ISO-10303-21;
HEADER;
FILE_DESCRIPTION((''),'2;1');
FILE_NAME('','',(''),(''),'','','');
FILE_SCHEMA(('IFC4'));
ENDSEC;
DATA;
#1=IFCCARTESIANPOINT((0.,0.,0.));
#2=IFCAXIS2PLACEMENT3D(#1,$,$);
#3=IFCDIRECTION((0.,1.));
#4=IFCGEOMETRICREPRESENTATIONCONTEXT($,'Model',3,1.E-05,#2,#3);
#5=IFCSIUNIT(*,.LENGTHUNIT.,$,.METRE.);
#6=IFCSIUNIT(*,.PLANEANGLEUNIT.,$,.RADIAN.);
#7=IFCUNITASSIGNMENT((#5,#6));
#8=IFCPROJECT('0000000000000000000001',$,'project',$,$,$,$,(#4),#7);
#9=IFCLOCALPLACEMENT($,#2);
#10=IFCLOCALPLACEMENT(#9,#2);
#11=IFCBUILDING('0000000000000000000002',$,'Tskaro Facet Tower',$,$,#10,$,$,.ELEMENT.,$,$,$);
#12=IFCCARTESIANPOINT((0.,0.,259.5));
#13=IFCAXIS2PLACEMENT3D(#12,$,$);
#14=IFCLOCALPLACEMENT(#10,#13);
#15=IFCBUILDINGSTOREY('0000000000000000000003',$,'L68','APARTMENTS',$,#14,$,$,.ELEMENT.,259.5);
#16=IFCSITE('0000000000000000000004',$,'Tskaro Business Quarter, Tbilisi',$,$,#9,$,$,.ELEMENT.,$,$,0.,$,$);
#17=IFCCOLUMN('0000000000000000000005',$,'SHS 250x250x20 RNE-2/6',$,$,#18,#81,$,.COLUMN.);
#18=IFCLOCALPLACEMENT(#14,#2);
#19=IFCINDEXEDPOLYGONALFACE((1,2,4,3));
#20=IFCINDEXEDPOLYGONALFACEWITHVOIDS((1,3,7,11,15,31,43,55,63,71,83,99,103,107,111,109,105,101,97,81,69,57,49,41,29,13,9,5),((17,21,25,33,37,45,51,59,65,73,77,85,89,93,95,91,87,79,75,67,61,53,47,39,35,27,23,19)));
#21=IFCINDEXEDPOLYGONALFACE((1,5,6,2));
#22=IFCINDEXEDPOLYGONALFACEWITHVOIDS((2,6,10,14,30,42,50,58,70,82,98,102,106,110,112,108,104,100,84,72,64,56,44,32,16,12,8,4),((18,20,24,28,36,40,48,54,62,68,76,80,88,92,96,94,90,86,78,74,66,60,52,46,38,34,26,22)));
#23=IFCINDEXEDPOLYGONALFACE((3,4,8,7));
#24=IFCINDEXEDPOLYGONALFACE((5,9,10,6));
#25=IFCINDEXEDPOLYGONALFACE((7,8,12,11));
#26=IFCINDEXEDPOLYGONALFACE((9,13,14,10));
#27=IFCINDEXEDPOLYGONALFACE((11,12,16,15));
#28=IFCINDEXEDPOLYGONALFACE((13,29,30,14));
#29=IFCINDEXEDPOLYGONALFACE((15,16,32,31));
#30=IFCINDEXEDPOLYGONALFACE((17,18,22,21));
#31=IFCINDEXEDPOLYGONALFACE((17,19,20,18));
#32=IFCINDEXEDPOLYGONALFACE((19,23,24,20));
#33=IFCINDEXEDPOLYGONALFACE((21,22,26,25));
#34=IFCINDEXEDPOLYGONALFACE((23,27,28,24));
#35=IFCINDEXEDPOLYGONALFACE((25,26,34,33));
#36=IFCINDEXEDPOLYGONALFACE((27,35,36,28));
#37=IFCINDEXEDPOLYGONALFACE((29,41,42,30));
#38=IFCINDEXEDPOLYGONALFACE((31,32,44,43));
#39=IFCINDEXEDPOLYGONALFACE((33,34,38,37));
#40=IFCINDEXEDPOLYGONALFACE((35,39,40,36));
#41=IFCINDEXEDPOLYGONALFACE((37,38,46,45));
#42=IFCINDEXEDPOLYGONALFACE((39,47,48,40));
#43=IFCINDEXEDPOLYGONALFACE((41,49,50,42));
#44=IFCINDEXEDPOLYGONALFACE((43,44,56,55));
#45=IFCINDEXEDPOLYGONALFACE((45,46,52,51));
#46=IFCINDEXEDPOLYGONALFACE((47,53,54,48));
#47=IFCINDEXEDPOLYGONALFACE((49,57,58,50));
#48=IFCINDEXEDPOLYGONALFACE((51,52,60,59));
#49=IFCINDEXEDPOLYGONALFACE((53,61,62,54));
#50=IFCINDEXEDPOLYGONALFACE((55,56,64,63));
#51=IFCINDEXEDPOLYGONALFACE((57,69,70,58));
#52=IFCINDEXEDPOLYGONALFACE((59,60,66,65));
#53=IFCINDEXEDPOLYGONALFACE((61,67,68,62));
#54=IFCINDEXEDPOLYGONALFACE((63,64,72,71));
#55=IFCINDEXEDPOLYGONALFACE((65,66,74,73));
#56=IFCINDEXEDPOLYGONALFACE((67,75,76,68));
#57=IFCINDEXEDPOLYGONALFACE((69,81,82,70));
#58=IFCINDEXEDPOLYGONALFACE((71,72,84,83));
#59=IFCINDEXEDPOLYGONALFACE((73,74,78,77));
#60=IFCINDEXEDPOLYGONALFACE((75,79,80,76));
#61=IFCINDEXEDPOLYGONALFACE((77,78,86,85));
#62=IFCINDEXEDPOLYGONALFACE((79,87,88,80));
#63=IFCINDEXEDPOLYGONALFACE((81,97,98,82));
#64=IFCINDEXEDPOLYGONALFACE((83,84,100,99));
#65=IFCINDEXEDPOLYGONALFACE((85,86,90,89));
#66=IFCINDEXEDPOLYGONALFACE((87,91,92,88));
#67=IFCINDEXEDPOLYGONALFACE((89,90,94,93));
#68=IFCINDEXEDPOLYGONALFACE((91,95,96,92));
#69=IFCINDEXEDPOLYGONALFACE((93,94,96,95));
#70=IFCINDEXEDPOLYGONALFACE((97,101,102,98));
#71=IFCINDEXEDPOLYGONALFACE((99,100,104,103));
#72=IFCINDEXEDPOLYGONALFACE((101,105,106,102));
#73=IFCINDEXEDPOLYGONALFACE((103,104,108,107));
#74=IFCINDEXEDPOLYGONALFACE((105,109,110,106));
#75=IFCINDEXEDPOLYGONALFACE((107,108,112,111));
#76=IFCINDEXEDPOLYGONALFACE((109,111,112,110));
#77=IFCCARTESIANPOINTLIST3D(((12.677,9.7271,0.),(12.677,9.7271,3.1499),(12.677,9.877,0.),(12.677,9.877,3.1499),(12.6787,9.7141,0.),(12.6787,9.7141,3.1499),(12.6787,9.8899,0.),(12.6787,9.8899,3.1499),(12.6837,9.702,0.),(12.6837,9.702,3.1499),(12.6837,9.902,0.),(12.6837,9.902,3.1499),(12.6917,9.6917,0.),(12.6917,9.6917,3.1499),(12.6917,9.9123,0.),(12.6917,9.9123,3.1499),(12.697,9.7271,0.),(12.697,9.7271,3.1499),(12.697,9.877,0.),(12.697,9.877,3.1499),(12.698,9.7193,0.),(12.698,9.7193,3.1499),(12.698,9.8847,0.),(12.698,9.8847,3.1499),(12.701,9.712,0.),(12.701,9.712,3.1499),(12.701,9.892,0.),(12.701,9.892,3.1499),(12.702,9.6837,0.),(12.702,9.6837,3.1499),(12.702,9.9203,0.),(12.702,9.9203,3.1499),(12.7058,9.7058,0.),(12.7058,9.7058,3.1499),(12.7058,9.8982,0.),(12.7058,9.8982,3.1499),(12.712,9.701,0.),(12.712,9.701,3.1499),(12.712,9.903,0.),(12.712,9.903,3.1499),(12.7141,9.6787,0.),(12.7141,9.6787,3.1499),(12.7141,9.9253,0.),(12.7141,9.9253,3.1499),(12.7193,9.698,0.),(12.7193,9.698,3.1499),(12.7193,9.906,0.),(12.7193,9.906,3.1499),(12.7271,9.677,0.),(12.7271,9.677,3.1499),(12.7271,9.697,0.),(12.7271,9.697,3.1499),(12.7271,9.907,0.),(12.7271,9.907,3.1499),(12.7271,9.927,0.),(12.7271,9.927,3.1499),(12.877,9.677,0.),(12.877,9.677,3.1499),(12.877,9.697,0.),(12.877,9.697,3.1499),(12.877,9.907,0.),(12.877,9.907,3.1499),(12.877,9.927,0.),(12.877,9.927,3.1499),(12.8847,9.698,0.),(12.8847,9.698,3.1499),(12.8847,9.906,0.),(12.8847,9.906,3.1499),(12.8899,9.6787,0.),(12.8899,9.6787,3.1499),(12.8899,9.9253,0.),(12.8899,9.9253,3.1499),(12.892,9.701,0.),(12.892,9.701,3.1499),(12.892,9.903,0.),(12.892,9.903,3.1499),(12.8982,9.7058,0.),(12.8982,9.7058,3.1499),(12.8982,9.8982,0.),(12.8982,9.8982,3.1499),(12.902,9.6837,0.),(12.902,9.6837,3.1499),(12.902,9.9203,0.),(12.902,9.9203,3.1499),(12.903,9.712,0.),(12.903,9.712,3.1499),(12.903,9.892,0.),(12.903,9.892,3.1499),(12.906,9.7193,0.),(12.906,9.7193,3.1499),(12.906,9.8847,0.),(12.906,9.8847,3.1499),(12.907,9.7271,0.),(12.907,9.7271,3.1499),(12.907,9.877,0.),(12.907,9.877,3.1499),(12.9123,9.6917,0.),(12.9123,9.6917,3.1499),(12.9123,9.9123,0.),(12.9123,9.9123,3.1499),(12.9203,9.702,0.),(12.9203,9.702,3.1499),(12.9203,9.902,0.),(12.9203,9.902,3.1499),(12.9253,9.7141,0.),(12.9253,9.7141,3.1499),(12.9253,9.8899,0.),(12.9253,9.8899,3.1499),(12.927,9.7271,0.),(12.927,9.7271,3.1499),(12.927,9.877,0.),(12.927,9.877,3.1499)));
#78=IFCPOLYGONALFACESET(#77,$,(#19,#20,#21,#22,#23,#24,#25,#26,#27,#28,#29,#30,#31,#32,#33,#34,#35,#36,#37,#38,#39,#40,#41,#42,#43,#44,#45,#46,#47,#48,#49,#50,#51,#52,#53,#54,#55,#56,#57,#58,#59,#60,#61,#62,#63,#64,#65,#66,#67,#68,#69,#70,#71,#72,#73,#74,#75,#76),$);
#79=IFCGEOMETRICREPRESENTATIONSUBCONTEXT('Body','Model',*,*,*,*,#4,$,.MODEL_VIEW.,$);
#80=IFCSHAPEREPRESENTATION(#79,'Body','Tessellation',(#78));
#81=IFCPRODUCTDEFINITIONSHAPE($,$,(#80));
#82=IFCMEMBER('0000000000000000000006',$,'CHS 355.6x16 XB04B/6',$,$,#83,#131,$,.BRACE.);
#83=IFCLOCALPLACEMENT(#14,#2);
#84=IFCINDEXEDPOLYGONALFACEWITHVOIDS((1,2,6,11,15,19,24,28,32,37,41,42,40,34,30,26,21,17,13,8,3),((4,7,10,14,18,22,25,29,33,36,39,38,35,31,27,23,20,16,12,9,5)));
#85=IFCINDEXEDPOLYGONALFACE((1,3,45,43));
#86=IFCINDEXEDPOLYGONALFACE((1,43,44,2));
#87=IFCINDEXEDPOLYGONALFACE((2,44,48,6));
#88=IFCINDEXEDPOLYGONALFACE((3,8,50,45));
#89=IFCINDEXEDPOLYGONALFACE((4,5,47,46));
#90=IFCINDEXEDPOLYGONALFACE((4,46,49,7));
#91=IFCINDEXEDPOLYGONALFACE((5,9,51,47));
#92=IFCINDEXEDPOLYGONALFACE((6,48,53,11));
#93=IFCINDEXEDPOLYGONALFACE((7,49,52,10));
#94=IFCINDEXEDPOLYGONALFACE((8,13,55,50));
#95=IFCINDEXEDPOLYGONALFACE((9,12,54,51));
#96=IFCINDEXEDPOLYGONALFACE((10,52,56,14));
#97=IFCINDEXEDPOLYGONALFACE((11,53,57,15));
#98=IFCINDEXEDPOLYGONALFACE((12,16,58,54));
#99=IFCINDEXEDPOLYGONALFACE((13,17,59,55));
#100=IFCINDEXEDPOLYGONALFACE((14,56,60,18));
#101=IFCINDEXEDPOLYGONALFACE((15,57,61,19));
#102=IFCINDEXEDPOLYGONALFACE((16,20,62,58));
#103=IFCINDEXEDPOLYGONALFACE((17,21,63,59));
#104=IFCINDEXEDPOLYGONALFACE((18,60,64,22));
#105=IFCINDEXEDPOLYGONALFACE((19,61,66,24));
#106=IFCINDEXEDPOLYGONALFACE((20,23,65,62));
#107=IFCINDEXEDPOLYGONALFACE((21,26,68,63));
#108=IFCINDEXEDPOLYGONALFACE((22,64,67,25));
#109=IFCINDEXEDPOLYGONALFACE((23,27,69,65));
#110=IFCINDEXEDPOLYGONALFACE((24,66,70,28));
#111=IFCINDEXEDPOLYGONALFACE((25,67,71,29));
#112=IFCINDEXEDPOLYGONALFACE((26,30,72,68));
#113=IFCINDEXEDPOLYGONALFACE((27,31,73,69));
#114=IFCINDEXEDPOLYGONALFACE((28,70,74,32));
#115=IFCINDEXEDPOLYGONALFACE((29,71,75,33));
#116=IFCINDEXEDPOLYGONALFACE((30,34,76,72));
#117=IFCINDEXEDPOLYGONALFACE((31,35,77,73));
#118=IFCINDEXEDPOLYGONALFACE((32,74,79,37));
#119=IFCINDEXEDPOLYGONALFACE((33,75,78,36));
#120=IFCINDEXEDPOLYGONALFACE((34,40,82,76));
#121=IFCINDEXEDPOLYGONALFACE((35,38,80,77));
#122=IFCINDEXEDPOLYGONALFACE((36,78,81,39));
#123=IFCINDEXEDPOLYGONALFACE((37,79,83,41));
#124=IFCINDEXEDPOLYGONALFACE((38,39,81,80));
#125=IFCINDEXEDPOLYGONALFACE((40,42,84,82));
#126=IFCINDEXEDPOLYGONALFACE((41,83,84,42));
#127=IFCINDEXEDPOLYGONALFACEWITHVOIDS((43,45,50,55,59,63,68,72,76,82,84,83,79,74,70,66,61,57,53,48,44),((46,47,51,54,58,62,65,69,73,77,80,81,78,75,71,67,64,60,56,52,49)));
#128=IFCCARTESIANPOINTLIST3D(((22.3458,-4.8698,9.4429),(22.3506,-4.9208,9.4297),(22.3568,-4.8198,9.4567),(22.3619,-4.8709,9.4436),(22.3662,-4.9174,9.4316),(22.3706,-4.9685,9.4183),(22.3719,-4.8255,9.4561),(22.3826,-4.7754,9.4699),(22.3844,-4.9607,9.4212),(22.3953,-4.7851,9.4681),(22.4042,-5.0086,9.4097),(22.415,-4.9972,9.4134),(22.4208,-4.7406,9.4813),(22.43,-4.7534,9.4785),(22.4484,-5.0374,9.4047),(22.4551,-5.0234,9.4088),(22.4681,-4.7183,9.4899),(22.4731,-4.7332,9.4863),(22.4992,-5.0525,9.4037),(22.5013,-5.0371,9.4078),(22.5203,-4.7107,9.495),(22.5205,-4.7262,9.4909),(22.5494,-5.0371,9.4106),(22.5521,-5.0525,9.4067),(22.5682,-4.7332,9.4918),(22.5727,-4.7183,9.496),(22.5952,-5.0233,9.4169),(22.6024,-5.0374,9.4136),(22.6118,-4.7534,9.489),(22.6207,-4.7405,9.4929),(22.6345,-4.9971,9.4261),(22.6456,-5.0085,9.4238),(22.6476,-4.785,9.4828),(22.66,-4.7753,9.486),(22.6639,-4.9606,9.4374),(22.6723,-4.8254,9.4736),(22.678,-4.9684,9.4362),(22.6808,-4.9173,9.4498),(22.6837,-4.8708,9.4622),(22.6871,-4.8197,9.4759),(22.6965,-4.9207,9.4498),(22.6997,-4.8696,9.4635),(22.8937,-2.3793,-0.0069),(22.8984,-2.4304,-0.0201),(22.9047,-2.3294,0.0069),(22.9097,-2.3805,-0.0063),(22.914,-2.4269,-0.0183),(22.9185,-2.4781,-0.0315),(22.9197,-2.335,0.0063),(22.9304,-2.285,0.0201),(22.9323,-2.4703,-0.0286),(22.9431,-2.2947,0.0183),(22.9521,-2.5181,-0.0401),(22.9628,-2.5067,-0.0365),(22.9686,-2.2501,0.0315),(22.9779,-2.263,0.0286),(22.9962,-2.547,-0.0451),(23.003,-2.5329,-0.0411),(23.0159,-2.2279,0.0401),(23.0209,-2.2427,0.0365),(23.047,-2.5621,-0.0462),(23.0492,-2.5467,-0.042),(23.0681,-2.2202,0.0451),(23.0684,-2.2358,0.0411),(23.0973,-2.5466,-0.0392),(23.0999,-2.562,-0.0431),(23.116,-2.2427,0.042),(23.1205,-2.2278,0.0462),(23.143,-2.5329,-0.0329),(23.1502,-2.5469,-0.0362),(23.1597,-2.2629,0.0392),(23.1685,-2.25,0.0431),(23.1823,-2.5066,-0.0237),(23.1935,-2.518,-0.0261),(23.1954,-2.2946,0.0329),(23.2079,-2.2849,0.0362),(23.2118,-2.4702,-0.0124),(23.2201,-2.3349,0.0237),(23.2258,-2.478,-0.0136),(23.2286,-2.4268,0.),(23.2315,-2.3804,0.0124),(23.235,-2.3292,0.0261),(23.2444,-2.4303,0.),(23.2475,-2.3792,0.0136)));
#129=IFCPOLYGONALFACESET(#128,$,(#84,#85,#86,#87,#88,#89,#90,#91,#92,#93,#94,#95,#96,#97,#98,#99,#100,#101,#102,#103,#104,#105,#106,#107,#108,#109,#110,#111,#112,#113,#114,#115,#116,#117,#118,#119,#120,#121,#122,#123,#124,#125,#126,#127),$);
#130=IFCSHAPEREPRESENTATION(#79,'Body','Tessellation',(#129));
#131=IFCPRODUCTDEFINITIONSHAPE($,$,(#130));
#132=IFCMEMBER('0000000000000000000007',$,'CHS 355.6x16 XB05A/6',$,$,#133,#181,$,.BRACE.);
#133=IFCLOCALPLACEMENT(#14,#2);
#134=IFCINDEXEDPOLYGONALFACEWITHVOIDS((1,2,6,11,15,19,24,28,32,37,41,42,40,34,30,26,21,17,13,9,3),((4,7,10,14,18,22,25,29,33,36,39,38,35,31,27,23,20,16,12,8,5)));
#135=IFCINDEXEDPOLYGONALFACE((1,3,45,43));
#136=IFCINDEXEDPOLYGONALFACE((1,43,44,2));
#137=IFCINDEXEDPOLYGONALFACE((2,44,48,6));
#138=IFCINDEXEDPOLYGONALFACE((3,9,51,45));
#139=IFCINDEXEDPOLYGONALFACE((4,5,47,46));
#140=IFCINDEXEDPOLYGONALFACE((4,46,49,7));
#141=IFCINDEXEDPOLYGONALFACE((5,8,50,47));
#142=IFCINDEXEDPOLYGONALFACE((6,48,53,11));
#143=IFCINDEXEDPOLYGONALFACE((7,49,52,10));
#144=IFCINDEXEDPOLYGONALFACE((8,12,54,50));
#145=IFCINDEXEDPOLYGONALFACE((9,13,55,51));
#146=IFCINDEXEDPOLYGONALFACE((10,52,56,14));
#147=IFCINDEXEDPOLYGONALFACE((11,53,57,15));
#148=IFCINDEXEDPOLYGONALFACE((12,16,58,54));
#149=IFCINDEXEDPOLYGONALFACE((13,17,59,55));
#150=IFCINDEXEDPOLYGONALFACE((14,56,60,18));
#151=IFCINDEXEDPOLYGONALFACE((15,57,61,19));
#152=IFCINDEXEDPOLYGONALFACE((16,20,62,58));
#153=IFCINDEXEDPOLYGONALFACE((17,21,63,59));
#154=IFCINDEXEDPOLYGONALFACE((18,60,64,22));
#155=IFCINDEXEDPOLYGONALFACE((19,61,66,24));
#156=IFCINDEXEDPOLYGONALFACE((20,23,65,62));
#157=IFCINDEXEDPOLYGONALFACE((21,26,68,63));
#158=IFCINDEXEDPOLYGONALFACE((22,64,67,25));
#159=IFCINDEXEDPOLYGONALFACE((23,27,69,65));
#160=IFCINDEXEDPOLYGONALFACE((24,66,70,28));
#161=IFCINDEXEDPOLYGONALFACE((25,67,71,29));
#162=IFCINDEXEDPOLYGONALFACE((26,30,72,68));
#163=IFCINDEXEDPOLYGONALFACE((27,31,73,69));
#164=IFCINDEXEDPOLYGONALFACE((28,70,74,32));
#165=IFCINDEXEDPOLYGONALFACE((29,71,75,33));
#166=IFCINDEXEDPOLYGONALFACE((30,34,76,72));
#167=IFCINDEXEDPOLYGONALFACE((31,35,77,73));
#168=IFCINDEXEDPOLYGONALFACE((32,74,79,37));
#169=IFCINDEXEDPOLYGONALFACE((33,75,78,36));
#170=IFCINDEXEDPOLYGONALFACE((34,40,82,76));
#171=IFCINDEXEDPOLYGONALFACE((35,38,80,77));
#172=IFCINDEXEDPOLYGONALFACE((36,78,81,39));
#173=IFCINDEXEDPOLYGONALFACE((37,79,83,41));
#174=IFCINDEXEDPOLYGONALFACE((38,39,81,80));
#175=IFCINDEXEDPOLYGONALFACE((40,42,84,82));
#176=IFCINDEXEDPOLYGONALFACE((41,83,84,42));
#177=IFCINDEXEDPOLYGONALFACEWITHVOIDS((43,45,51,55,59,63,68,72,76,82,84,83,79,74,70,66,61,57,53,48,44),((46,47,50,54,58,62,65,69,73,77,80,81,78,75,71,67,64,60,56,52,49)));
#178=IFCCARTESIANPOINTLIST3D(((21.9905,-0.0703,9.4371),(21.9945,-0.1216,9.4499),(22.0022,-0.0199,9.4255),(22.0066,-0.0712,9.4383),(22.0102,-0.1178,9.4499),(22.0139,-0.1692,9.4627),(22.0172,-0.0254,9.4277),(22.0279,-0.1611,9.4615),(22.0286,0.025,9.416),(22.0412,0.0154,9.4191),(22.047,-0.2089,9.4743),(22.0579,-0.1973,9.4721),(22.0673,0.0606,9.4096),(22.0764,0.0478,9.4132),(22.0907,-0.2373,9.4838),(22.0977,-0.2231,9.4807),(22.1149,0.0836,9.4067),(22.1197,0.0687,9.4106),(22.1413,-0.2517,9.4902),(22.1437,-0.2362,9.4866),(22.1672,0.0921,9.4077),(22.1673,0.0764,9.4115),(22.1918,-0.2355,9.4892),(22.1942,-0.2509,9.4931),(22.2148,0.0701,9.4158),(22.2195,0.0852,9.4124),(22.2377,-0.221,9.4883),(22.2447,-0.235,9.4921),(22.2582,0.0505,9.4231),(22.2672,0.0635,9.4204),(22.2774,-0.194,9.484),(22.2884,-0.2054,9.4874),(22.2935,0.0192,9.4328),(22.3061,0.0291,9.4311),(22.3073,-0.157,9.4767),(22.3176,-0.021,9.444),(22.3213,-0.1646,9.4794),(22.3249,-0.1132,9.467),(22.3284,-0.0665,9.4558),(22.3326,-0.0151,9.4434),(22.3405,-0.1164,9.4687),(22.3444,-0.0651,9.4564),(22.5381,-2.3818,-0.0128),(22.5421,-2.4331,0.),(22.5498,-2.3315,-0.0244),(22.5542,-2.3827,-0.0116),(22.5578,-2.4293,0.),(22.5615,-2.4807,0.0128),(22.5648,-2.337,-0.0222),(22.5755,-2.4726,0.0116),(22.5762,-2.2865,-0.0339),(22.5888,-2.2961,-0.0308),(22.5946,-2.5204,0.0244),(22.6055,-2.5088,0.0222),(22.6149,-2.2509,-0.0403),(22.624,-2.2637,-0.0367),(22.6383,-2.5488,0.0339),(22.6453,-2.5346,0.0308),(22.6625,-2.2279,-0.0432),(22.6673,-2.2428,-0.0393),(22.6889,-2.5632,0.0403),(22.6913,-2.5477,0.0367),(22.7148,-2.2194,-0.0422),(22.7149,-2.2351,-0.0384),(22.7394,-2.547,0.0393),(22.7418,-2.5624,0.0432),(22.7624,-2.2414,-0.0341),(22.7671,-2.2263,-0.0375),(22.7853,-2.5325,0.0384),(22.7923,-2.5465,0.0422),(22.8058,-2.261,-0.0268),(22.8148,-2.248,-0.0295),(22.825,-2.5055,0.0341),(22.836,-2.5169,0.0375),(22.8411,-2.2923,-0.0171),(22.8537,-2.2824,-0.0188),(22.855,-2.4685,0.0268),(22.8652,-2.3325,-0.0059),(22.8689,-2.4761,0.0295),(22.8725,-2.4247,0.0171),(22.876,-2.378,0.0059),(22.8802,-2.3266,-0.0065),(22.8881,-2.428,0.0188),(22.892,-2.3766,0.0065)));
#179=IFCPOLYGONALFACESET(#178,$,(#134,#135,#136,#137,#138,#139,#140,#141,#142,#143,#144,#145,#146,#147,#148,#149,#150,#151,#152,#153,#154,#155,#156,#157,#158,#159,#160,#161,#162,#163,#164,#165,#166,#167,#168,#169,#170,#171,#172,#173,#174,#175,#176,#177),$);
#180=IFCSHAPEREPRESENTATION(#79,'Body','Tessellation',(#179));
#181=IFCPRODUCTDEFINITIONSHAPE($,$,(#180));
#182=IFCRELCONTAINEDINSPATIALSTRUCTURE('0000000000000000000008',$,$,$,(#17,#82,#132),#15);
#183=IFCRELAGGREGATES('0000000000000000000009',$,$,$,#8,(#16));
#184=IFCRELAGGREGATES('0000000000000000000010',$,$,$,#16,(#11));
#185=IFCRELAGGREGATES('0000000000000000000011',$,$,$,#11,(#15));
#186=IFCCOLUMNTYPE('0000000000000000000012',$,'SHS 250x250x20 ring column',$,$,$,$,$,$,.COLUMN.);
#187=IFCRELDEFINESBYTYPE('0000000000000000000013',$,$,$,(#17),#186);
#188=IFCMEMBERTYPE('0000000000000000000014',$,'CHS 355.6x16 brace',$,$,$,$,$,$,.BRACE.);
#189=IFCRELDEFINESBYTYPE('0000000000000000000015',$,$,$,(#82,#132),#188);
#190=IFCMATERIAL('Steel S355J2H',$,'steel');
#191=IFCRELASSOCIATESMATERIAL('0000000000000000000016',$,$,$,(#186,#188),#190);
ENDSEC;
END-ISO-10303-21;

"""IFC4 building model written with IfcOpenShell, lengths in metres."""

from ifc_helpers import new_model, si_unit, direction, frame, origin, origin_2d, place, context, subcontext, project, spatial, hollow_rectangle, hollow_circle, extrude, material, material_profile, profile_set, type_object, element, save


model = new_model("IFC4")

# Units and contexts
model_context = context("Model", 3, precision=1e-05, world=origin(), true_north=direction((0.0, 1.0)))
body_context = subcontext(model_context, "Body", "Model", "MODEL_VIEW")
ifc_project = project(units=[si_unit("LENGTHUNIT", "METRE"), si_unit("PLANEANGLEUNIT", "RADIAN")], contexts=[model_context])

# Site, building, storey
site_placement = place(None, origin())
site = spatial("IfcSite", under=ifc_project, at=site_placement, Name="Tskaro Business Quarter, Tbilisi", CompositionType="ELEMENT", RefElevation=0.0)
building_placement = place(site_placement, origin())
building = spatial("IfcBuilding", under=site, at=building_placement, Name="Tskaro Facet Tower", CompositionType="ELEMENT")
storey_placement = place(building_placement, frame((0.0, 0.0, 259.5)))
storey = spatial("IfcBuildingStorey", under=building, at=storey_placement, Name="L68", Description="APARTMENTS", CompositionType="ELEMENT", Elevation=259.5)

# Column
ifc_material_1 = material(Name="Steel S355J2H", Category="steel")
ifc_material_profile_1 = material_profile(ifc_material_1, hollow_rectangle(XDim=0.25, YDim=0.25, WallThickness=0.02, InnerFilletRadius=0.03, OuterFilletRadius=0.05, at=origin_2d()), Name="SHS 250x250x20")
ifc_profile_set_1 = profile_set([ifc_material_profile_1], Name="Steel S355J2H")
column_type_1 = type_object("IfcColumnType", Name="SHS 250x250x20 ring column", PredefinedType="COLUMN", material=ifc_profile_set_1)
for number, where, z_axis, x_axis, name in (
    (1, (12.802, 9.802, 0.0), (0.0, 0.0, 1.0), (1.0, 0.0, 0.0), "SHS 250x250x20 RNE-2/6"),
):
    element("IfcColumn", number, at=place(storey_placement, frame(where, z_axis=z_axis, x_axis=x_axis)), inside=storey, type_object=column_type_1, Name=name, PredefinedType="COLUMN", context=body_context, shape_type="SweptSolid", body=[
        extrude(hollow_rectangle(XDim=0.25, YDim=0.25, WallThickness=0.02, InnerFilletRadius=0.03, OuterFilletRadius=0.05, at=origin_2d()), origin(), (0.0, 0.0, 1.0), 3.1499),
    ])

# Members
ifc_material_profile_2 = material_profile(ifc_material_1, hollow_circle(Radius=0.1777, WallThickness=0.0161, at=origin_2d()), Name="CHS 355.6x16")
ifc_profile_set_2 = profile_set([ifc_material_profile_2], Name="Steel S355J2H")
member_type_1 = type_object("IfcMemberType", Name="CHS 355.6x16 brace", PredefinedType="BRACE", material=ifc_profile_set_2)
member_1_placement = place(storey_placement, frame((23.0708, -2.3921, 0.0), z_axis=(-0.055972, -0.254443, 0.965467), x_axis=(0.976649, -0.214842, 0.0)))
element("IfcMember", 2, at=member_1_placement, inside=storey, type_object=member_type_1, Name="CHS 355.6x16 XB04B/6", PredefinedType="BRACE", context=body_context, shape_type="SweptSolid", body=[
    extrude(hollow_circle(Radius=0.1777, WallThickness=0.0161, at=origin_2d()), origin(), (0.0, 0.0, 1.0), 9.7878),
])
member_2_placement = place(storey_placement, frame((22.7151, -2.3921, 0.0), z_axis=(-0.0562, 0.237226, 0.969827), x_axis=(-0.973067, -0.230523, 0.0)))
element("IfcMember", 3, at=member_2_placement, inside=storey, type_object=member_type_1, Name="CHS 355.6x16 XB05A/6", PredefinedType="BRACE", context=body_context, shape_type="SweptSolid", body=[
    extrude(hollow_circle(Radius=0.1777, WallThickness=0.0161, at=origin_2d()), origin(), (0.0, 0.0, 1.0), 9.7439),
])

save(model, "model.ifc")
